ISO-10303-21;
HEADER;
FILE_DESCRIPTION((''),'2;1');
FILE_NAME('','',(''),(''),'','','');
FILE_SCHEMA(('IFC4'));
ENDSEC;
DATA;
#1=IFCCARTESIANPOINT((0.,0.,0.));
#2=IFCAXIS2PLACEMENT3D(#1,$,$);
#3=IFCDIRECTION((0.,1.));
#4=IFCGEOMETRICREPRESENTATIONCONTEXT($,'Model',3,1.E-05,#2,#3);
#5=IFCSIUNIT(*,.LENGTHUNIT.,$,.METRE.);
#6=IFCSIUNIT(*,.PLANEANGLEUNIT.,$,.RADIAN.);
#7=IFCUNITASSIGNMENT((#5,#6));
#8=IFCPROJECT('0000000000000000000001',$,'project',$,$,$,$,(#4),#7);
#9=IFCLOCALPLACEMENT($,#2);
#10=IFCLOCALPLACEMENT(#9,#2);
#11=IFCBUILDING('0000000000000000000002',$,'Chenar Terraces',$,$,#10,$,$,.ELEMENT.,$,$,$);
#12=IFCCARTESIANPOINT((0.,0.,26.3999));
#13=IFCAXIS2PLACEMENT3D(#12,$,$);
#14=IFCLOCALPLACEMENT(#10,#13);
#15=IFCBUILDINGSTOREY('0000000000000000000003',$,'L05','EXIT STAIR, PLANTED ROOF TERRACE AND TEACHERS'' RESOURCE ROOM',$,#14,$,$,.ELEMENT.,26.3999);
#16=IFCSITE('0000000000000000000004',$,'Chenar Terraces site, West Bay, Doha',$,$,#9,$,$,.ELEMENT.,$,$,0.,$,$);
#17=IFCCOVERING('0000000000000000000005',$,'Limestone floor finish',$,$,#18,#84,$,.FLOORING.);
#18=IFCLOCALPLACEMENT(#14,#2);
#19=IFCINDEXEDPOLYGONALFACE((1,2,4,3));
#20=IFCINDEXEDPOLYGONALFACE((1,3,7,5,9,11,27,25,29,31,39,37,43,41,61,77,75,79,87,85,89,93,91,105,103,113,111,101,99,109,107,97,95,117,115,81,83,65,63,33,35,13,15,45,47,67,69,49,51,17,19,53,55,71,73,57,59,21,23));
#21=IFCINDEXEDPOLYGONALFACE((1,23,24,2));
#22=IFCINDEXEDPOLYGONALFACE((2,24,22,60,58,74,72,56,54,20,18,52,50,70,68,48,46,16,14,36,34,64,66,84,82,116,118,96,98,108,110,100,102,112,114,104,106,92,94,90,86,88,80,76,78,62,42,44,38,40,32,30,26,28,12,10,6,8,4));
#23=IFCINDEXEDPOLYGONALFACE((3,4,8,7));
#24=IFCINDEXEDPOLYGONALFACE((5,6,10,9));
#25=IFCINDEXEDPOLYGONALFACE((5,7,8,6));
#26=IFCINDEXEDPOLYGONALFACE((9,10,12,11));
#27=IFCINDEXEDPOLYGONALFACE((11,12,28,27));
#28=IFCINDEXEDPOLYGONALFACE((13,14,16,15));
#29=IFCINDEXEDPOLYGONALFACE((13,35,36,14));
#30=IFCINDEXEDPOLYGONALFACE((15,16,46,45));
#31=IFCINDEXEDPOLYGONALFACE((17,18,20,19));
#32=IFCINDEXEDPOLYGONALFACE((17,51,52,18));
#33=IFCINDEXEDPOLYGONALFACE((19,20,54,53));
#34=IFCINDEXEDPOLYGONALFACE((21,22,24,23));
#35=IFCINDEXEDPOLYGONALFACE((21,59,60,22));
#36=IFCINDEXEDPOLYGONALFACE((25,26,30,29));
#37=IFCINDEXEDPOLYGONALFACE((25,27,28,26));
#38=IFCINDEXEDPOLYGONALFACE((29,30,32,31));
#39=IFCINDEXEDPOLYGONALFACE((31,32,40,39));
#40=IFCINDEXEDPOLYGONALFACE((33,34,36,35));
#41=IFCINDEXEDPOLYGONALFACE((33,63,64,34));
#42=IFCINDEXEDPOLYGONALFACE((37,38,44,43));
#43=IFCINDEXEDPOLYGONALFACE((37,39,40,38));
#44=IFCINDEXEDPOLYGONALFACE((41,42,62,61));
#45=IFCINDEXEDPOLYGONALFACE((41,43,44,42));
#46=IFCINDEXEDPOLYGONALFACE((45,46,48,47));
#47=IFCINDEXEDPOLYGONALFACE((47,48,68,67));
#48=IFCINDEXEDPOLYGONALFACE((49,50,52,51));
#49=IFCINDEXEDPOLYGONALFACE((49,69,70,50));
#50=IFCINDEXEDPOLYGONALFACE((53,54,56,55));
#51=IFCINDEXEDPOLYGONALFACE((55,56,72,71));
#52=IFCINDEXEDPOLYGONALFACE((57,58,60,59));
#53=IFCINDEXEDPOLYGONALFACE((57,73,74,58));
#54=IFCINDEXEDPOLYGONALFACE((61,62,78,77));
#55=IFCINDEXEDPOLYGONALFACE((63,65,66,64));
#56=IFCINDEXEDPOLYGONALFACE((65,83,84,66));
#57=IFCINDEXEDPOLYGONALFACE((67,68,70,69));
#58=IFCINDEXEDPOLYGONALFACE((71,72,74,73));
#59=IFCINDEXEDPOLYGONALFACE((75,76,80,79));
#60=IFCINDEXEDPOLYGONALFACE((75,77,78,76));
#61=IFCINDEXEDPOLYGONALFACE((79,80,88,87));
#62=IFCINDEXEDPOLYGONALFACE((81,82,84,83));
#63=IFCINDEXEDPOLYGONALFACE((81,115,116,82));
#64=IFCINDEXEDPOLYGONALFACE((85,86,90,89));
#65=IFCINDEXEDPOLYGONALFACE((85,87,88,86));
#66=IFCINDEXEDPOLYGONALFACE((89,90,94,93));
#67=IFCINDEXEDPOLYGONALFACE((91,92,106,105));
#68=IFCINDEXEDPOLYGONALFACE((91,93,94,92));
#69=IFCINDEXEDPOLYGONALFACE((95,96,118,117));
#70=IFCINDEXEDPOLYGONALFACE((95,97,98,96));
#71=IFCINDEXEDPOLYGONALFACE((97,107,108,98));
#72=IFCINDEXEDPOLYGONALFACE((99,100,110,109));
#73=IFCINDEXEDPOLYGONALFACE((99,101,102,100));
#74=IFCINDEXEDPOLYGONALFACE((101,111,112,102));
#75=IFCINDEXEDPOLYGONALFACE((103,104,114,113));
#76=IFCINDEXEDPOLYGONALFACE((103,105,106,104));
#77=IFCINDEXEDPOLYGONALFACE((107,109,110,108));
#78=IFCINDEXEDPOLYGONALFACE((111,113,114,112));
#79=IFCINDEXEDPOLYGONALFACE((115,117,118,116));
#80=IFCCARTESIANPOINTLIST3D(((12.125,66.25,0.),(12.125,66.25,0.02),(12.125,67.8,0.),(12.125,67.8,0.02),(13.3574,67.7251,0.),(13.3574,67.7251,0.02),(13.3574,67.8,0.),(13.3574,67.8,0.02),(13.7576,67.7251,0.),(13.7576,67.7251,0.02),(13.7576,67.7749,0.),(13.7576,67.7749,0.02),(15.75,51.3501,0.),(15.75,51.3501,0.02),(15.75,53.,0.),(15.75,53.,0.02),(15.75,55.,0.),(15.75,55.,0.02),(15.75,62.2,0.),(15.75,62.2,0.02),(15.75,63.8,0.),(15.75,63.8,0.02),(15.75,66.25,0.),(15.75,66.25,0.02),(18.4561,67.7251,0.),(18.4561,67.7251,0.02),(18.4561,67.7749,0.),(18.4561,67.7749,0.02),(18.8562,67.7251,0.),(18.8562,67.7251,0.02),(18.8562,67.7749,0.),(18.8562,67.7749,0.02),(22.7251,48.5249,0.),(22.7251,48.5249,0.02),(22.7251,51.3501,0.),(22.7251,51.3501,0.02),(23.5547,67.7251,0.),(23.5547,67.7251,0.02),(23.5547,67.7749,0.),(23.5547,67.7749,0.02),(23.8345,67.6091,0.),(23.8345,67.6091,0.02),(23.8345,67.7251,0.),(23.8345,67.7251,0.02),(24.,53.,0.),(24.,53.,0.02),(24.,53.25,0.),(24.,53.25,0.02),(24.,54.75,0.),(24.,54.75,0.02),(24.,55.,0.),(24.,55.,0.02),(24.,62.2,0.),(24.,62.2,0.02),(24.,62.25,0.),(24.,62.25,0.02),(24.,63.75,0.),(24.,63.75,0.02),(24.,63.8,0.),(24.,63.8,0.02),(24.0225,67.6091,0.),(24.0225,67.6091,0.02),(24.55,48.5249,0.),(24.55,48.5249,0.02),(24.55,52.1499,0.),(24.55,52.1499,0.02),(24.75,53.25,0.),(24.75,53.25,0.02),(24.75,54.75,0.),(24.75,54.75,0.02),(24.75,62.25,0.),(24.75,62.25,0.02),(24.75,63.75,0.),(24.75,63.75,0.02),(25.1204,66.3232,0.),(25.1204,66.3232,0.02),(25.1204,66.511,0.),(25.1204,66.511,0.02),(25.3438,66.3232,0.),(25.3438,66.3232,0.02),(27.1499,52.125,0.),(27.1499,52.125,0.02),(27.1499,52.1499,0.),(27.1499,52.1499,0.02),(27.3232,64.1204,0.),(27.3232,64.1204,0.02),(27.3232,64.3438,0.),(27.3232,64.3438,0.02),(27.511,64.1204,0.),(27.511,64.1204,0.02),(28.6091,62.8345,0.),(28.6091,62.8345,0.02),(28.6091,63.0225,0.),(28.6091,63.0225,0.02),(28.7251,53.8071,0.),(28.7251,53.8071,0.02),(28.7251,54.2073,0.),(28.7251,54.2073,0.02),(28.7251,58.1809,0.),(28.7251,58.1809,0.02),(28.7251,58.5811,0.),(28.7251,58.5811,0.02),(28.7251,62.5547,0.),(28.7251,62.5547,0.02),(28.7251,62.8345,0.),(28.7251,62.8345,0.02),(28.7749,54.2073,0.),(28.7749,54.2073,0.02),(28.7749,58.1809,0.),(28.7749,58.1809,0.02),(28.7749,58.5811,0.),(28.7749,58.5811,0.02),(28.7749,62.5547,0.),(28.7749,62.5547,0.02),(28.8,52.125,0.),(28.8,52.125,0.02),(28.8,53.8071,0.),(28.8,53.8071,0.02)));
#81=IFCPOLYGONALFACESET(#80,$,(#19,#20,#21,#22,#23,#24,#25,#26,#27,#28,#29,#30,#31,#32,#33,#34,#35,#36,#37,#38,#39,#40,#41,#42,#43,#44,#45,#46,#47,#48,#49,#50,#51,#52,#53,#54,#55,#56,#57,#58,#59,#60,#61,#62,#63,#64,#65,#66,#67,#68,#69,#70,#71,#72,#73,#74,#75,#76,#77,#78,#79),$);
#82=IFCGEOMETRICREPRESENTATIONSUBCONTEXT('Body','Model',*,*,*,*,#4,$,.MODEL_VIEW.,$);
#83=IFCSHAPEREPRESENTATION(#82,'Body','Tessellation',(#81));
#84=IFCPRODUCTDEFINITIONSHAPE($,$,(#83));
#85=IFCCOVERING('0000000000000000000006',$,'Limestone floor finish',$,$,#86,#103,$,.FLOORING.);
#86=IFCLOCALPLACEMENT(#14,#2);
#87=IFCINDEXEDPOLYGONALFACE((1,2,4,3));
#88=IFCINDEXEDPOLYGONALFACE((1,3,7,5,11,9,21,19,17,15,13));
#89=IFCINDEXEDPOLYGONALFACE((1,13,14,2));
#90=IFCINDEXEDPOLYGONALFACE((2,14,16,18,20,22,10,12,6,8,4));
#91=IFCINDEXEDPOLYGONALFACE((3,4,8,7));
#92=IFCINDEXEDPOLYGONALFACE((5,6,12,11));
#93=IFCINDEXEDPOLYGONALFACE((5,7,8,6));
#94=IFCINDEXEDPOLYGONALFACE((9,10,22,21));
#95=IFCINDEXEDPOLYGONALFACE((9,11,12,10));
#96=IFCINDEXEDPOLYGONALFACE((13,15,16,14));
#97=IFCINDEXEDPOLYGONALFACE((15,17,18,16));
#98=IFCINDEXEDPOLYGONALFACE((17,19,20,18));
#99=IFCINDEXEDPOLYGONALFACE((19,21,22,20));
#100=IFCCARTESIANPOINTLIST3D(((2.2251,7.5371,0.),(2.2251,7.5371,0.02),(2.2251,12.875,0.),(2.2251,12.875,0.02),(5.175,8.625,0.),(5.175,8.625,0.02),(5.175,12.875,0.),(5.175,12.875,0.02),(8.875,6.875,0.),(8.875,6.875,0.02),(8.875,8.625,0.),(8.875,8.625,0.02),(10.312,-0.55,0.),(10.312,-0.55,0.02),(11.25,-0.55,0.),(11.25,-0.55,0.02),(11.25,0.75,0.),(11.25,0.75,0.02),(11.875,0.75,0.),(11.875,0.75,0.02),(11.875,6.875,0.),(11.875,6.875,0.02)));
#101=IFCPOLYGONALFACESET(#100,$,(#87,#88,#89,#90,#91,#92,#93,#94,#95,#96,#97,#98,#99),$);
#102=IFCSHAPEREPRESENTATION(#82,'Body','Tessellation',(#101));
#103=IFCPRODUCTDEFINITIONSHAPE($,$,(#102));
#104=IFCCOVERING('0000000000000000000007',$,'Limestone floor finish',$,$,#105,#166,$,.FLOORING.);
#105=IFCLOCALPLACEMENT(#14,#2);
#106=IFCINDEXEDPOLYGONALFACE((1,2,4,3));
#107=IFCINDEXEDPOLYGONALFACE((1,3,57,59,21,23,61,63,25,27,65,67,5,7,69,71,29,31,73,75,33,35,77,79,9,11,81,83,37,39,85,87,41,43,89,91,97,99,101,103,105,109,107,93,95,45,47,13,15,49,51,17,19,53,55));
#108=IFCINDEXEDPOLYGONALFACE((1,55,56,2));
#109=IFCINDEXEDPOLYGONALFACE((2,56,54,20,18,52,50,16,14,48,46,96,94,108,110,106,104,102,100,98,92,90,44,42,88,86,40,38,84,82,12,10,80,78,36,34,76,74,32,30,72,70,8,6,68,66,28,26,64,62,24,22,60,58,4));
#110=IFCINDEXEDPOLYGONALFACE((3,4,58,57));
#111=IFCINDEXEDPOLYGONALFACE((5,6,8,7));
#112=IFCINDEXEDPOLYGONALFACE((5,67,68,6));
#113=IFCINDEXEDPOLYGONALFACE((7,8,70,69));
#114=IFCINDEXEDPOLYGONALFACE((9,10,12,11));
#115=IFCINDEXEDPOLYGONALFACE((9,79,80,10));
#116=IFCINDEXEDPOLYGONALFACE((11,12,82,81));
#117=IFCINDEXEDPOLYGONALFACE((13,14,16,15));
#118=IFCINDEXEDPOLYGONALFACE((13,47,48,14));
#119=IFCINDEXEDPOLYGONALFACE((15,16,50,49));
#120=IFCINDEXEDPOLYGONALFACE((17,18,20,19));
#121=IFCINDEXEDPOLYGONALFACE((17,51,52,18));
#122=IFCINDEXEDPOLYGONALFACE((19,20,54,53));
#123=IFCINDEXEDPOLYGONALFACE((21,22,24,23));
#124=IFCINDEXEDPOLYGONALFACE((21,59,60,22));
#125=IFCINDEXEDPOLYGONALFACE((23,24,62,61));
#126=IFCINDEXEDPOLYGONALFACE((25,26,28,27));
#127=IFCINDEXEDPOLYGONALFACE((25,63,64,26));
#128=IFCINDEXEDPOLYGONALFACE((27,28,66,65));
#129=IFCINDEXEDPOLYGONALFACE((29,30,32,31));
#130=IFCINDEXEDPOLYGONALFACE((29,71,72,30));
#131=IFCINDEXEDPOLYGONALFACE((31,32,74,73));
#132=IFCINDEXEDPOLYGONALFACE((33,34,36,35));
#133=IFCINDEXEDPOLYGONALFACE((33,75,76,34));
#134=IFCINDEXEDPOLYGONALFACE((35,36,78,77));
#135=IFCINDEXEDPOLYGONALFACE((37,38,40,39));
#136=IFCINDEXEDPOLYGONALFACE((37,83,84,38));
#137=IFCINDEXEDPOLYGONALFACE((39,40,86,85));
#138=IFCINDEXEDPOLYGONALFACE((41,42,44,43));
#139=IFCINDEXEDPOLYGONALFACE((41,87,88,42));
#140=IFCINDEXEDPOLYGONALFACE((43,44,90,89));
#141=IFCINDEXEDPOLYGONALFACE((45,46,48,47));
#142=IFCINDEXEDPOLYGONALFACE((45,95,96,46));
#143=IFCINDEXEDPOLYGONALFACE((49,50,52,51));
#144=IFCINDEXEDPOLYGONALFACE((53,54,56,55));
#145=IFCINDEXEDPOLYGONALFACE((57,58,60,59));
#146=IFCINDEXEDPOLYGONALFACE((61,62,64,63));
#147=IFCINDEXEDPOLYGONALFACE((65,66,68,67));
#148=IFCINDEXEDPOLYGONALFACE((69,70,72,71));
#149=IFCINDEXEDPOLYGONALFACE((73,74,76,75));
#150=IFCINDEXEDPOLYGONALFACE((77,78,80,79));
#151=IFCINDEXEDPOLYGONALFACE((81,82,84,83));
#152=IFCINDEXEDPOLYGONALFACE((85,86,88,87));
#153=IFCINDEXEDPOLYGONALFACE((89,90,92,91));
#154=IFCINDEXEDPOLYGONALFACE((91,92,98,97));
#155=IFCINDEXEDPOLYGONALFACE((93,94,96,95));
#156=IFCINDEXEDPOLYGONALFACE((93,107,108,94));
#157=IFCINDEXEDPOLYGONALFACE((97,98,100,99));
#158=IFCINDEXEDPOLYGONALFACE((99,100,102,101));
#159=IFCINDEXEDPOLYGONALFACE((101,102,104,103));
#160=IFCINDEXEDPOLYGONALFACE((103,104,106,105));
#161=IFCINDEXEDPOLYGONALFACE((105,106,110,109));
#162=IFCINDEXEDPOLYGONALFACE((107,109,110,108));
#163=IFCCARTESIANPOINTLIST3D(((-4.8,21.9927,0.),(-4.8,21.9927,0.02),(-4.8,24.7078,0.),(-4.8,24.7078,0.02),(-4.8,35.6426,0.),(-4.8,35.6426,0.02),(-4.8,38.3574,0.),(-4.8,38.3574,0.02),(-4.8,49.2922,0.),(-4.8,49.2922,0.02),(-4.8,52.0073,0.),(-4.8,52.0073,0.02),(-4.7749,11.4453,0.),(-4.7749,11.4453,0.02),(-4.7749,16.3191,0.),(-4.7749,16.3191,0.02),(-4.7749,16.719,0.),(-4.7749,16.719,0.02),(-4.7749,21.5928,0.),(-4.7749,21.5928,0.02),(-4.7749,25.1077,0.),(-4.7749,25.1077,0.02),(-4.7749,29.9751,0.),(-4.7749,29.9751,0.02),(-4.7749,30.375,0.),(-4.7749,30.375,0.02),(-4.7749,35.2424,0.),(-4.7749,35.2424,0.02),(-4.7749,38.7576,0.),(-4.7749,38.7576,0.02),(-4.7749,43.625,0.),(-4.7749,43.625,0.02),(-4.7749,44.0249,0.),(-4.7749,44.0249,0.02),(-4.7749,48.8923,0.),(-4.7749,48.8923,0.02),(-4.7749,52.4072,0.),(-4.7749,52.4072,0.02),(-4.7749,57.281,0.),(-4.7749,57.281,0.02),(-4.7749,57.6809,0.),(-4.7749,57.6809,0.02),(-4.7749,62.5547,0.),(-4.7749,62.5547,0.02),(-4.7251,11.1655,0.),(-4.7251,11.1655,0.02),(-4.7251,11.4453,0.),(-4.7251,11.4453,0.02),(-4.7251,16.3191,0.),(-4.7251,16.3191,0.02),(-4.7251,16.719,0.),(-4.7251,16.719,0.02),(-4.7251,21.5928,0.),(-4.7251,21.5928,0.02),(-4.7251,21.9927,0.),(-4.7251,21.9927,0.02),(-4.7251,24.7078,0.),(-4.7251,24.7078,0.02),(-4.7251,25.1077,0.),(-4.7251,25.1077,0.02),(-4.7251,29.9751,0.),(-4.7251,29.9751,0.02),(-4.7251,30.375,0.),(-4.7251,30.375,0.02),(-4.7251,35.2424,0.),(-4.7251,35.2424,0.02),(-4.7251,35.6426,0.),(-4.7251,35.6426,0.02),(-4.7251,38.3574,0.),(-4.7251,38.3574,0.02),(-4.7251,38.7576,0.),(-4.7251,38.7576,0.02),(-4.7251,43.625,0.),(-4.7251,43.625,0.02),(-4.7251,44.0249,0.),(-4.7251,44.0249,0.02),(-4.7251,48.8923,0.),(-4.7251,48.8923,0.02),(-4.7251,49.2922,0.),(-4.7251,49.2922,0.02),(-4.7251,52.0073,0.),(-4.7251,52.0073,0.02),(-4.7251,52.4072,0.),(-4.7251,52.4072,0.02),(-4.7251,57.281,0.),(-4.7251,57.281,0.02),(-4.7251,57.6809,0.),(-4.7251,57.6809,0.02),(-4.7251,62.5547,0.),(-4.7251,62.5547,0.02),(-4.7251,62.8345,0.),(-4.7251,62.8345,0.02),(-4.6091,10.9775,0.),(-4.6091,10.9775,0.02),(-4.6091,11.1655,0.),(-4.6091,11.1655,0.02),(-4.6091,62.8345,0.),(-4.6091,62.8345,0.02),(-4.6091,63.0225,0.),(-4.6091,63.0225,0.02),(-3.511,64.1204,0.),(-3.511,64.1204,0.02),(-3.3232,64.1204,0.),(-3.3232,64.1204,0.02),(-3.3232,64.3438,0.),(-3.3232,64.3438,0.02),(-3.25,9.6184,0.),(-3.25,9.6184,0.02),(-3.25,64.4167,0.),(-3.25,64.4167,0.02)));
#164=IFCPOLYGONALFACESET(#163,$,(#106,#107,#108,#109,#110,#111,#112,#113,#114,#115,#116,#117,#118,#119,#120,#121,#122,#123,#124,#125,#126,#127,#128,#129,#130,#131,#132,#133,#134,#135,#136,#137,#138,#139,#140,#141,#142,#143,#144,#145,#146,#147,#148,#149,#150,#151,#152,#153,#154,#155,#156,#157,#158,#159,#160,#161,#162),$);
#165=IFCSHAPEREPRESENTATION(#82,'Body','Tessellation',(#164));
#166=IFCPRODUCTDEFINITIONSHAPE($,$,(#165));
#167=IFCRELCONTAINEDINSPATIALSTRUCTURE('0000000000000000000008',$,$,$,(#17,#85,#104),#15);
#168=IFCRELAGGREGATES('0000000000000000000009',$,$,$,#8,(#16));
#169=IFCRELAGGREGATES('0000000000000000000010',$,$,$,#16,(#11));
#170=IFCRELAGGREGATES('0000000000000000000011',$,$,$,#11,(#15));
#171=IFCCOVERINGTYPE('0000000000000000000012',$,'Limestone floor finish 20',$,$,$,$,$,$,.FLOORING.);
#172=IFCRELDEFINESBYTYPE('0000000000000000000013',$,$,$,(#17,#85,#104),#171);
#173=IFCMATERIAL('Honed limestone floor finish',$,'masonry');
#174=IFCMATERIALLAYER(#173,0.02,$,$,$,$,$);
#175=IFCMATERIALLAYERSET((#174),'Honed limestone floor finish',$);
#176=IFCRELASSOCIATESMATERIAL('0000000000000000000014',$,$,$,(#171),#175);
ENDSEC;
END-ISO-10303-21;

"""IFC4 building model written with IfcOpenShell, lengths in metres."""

from ifc_helpers import new_model, si_unit, direction, frame, origin, place, context, subcontext, project, spatial, polyline, outline, extrude, material, layer, layer_set, type_object, element, save


model = new_model("IFC4")

# Units and contexts
model_context = context("Model", 3, precision=1e-05, world=origin(), true_north=direction((0.0, 1.0)))
body_context = subcontext(model_context, "Body", "Model", "MODEL_VIEW")
ifc_project = project(units=[si_unit("LENGTHUNIT", "METRE"), si_unit("PLANEANGLEUNIT", "RADIAN")], contexts=[model_context])

# Site, building, storey
site_placement = place(None, origin())
site = spatial("IfcSite", under=ifc_project, at=site_placement, Name="Chenar Terraces site, West Bay, Doha", CompositionType="ELEMENT", RefElevation=0.0)
building_placement = place(site_placement, origin())
building = spatial("IfcBuilding", under=site, at=building_placement, Name="Chenar Terraces", CompositionType="ELEMENT")
storey_placement = place(building_placement, frame((0.0, 0.0, 26.3999)))
storey = spatial("IfcBuildingStorey", under=building, at=storey_placement, Name="L05", Description="EXIT STAIR, PLANTED ROOF TERRACE AND TEACHERS' RESOURCE ROOM", CompositionType="ELEMENT", Elevation=26.3999)

# Shared definitions
placement_1 = place(storey_placement, origin())

# Coverings
ifc_material_1 = material(Name="Honed limestone floor finish", Category="masonry")
ifc_layer_1 = layer(ifc_material_1, 0.02)
ifc_layer_set_1 = layer_set([ifc_layer_1], Name="Honed limestone floor finish")
covering_type = type_object("IfcCoveringType", Name="Limestone floor finish 20", PredefinedType="FLOORING", material=ifc_layer_set_1)
element("IfcCovering", 1, at=placement_1, inside=storey, type_object=covering_type, Name="Limestone floor finish", PredefinedType="FLOORING", context=body_context, shape_type="SweptSolid", body=[
    extrude(outline(polyline([(12.125, 67.8), (13.3574, 67.8), (13.3574, 67.7251), (13.7576, 67.7251), (13.7576, 67.7749), (18.4561, 67.7749), (18.4561, 67.7251), (18.8562, 67.7251), (18.8562, 67.7749), (23.5547, 67.7749), (23.5547, 67.7251), (23.8345, 67.7251), (23.8345, 67.6091), (24.0225, 67.6091), (25.1204, 66.511), (25.1204, 66.3232), (25.3438, 66.3232), (27.3232, 64.3438), (27.3232, 64.1204), (27.511, 64.1204), (28.6091, 63.0225), (28.6091, 62.8345), (28.7251, 62.8345), (28.7251, 62.5547), (28.7749, 62.5547), (28.7749, 58.5811), (28.7251, 58.5811), (28.7251, 58.1809), (28.7749, 58.1809), (28.7749, 54.2073), (28.7251, 54.2073), (28.7251, 53.8071), (28.8, 53.8071), (28.8, 52.125), (27.1499, 52.125), (27.1499, 52.1499), (24.55, 52.1499), (24.55, 48.5249), (22.7251, 48.5249), (22.7251, 51.3501), (15.75, 51.3501), (15.75, 53.0), (24.0, 53.0), (24.0, 53.25), (24.75, 53.25), (24.75, 54.75), (24.0, 54.75), (24.0, 55.0), (15.75, 55.0), (15.75, 62.2), (24.0, 62.2), (24.0, 62.25), (24.75, 62.25), (24.75, 63.75), (24.0, 63.75), (24.0, 63.8), (15.75, 63.8), (15.75, 66.25), (12.125, 66.25), (12.125, 67.8)])), origin(), (0.0, 0.0, 1.0), 0.02),
])
element("IfcCovering", 2, at=placement_1, inside=storey, type_object=covering_type, Name="Limestone floor finish", PredefinedType="FLOORING", context=body_context, shape_type="SweptSolid", body=[
    extrude(outline(polyline([(8.875, 8.625), (8.875, 6.875), (11.875, 6.875), (11.875, 0.75), (11.25, 0.75), (11.25, -0.55), (10.312, -0.55), (2.2251, 7.5371), (2.2251, 12.875), (5.175, 12.875), (5.175, 8.625), (8.875, 8.625)])), origin(), (0.0, 0.0, 1.0), 0.02),
])
element("IfcCovering", 3, at=placement_1, inside=storey, type_object=covering_type, Name="Limestone floor finish", PredefinedType="FLOORING", context=body_context, shape_type="SweptSolid", body=[
    extrude(outline(polyline([(-4.8, 24.7078), (-4.7251, 24.7078), (-4.7251, 25.1077), (-4.7749, 25.1077), (-4.7749, 29.9751), (-4.7251, 29.9751), (-4.7251, 30.375), (-4.7749, 30.375), (-4.7749, 35.2424), (-4.7251, 35.2424), (-4.7251, 35.6426), (-4.8, 35.6426), (-4.8, 38.3574), (-4.7251, 38.3574), (-4.7251, 38.7576), (-4.7749, 38.7576), (-4.7749, 43.625), (-4.7251, 43.625), (-4.7251, 44.0249), (-4.7749, 44.0249), (-4.7749, 48.8923), (-4.7251, 48.8923), (-4.7251, 49.2922), (-4.8, 49.2922), (-4.8, 52.0073), (-4.7251, 52.0073), (-4.7251, 52.4072), (-4.7749, 52.4072), (-4.7749, 57.281), (-4.7251, 57.281), (-4.7251, 57.6809), (-4.7749, 57.6809), (-4.7749, 62.5547), (-4.7251, 62.5547), (-4.7251, 62.8345), (-4.6091, 62.8345), (-4.6091, 63.0225), (-3.511, 64.1204), (-3.3232, 64.1204), (-3.3232, 64.3438), (-3.25, 64.4167), (-3.25, 9.6184), (-4.6091, 10.9775), (-4.6091, 11.1655), (-4.7251, 11.1655), (-4.7251, 11.4453), (-4.7749, 11.4453), (-4.7749, 16.3191), (-4.7251, 16.3191), (-4.7251, 16.719), (-4.7749, 16.719), (-4.7749, 21.5928), (-4.7251, 21.5928), (-4.7251, 21.9927), (-4.8, 21.9927), (-4.8, 24.7078)])), origin(), (0.0, 0.0, 1.0), 0.02),
])

save(model, "model.ifc")
